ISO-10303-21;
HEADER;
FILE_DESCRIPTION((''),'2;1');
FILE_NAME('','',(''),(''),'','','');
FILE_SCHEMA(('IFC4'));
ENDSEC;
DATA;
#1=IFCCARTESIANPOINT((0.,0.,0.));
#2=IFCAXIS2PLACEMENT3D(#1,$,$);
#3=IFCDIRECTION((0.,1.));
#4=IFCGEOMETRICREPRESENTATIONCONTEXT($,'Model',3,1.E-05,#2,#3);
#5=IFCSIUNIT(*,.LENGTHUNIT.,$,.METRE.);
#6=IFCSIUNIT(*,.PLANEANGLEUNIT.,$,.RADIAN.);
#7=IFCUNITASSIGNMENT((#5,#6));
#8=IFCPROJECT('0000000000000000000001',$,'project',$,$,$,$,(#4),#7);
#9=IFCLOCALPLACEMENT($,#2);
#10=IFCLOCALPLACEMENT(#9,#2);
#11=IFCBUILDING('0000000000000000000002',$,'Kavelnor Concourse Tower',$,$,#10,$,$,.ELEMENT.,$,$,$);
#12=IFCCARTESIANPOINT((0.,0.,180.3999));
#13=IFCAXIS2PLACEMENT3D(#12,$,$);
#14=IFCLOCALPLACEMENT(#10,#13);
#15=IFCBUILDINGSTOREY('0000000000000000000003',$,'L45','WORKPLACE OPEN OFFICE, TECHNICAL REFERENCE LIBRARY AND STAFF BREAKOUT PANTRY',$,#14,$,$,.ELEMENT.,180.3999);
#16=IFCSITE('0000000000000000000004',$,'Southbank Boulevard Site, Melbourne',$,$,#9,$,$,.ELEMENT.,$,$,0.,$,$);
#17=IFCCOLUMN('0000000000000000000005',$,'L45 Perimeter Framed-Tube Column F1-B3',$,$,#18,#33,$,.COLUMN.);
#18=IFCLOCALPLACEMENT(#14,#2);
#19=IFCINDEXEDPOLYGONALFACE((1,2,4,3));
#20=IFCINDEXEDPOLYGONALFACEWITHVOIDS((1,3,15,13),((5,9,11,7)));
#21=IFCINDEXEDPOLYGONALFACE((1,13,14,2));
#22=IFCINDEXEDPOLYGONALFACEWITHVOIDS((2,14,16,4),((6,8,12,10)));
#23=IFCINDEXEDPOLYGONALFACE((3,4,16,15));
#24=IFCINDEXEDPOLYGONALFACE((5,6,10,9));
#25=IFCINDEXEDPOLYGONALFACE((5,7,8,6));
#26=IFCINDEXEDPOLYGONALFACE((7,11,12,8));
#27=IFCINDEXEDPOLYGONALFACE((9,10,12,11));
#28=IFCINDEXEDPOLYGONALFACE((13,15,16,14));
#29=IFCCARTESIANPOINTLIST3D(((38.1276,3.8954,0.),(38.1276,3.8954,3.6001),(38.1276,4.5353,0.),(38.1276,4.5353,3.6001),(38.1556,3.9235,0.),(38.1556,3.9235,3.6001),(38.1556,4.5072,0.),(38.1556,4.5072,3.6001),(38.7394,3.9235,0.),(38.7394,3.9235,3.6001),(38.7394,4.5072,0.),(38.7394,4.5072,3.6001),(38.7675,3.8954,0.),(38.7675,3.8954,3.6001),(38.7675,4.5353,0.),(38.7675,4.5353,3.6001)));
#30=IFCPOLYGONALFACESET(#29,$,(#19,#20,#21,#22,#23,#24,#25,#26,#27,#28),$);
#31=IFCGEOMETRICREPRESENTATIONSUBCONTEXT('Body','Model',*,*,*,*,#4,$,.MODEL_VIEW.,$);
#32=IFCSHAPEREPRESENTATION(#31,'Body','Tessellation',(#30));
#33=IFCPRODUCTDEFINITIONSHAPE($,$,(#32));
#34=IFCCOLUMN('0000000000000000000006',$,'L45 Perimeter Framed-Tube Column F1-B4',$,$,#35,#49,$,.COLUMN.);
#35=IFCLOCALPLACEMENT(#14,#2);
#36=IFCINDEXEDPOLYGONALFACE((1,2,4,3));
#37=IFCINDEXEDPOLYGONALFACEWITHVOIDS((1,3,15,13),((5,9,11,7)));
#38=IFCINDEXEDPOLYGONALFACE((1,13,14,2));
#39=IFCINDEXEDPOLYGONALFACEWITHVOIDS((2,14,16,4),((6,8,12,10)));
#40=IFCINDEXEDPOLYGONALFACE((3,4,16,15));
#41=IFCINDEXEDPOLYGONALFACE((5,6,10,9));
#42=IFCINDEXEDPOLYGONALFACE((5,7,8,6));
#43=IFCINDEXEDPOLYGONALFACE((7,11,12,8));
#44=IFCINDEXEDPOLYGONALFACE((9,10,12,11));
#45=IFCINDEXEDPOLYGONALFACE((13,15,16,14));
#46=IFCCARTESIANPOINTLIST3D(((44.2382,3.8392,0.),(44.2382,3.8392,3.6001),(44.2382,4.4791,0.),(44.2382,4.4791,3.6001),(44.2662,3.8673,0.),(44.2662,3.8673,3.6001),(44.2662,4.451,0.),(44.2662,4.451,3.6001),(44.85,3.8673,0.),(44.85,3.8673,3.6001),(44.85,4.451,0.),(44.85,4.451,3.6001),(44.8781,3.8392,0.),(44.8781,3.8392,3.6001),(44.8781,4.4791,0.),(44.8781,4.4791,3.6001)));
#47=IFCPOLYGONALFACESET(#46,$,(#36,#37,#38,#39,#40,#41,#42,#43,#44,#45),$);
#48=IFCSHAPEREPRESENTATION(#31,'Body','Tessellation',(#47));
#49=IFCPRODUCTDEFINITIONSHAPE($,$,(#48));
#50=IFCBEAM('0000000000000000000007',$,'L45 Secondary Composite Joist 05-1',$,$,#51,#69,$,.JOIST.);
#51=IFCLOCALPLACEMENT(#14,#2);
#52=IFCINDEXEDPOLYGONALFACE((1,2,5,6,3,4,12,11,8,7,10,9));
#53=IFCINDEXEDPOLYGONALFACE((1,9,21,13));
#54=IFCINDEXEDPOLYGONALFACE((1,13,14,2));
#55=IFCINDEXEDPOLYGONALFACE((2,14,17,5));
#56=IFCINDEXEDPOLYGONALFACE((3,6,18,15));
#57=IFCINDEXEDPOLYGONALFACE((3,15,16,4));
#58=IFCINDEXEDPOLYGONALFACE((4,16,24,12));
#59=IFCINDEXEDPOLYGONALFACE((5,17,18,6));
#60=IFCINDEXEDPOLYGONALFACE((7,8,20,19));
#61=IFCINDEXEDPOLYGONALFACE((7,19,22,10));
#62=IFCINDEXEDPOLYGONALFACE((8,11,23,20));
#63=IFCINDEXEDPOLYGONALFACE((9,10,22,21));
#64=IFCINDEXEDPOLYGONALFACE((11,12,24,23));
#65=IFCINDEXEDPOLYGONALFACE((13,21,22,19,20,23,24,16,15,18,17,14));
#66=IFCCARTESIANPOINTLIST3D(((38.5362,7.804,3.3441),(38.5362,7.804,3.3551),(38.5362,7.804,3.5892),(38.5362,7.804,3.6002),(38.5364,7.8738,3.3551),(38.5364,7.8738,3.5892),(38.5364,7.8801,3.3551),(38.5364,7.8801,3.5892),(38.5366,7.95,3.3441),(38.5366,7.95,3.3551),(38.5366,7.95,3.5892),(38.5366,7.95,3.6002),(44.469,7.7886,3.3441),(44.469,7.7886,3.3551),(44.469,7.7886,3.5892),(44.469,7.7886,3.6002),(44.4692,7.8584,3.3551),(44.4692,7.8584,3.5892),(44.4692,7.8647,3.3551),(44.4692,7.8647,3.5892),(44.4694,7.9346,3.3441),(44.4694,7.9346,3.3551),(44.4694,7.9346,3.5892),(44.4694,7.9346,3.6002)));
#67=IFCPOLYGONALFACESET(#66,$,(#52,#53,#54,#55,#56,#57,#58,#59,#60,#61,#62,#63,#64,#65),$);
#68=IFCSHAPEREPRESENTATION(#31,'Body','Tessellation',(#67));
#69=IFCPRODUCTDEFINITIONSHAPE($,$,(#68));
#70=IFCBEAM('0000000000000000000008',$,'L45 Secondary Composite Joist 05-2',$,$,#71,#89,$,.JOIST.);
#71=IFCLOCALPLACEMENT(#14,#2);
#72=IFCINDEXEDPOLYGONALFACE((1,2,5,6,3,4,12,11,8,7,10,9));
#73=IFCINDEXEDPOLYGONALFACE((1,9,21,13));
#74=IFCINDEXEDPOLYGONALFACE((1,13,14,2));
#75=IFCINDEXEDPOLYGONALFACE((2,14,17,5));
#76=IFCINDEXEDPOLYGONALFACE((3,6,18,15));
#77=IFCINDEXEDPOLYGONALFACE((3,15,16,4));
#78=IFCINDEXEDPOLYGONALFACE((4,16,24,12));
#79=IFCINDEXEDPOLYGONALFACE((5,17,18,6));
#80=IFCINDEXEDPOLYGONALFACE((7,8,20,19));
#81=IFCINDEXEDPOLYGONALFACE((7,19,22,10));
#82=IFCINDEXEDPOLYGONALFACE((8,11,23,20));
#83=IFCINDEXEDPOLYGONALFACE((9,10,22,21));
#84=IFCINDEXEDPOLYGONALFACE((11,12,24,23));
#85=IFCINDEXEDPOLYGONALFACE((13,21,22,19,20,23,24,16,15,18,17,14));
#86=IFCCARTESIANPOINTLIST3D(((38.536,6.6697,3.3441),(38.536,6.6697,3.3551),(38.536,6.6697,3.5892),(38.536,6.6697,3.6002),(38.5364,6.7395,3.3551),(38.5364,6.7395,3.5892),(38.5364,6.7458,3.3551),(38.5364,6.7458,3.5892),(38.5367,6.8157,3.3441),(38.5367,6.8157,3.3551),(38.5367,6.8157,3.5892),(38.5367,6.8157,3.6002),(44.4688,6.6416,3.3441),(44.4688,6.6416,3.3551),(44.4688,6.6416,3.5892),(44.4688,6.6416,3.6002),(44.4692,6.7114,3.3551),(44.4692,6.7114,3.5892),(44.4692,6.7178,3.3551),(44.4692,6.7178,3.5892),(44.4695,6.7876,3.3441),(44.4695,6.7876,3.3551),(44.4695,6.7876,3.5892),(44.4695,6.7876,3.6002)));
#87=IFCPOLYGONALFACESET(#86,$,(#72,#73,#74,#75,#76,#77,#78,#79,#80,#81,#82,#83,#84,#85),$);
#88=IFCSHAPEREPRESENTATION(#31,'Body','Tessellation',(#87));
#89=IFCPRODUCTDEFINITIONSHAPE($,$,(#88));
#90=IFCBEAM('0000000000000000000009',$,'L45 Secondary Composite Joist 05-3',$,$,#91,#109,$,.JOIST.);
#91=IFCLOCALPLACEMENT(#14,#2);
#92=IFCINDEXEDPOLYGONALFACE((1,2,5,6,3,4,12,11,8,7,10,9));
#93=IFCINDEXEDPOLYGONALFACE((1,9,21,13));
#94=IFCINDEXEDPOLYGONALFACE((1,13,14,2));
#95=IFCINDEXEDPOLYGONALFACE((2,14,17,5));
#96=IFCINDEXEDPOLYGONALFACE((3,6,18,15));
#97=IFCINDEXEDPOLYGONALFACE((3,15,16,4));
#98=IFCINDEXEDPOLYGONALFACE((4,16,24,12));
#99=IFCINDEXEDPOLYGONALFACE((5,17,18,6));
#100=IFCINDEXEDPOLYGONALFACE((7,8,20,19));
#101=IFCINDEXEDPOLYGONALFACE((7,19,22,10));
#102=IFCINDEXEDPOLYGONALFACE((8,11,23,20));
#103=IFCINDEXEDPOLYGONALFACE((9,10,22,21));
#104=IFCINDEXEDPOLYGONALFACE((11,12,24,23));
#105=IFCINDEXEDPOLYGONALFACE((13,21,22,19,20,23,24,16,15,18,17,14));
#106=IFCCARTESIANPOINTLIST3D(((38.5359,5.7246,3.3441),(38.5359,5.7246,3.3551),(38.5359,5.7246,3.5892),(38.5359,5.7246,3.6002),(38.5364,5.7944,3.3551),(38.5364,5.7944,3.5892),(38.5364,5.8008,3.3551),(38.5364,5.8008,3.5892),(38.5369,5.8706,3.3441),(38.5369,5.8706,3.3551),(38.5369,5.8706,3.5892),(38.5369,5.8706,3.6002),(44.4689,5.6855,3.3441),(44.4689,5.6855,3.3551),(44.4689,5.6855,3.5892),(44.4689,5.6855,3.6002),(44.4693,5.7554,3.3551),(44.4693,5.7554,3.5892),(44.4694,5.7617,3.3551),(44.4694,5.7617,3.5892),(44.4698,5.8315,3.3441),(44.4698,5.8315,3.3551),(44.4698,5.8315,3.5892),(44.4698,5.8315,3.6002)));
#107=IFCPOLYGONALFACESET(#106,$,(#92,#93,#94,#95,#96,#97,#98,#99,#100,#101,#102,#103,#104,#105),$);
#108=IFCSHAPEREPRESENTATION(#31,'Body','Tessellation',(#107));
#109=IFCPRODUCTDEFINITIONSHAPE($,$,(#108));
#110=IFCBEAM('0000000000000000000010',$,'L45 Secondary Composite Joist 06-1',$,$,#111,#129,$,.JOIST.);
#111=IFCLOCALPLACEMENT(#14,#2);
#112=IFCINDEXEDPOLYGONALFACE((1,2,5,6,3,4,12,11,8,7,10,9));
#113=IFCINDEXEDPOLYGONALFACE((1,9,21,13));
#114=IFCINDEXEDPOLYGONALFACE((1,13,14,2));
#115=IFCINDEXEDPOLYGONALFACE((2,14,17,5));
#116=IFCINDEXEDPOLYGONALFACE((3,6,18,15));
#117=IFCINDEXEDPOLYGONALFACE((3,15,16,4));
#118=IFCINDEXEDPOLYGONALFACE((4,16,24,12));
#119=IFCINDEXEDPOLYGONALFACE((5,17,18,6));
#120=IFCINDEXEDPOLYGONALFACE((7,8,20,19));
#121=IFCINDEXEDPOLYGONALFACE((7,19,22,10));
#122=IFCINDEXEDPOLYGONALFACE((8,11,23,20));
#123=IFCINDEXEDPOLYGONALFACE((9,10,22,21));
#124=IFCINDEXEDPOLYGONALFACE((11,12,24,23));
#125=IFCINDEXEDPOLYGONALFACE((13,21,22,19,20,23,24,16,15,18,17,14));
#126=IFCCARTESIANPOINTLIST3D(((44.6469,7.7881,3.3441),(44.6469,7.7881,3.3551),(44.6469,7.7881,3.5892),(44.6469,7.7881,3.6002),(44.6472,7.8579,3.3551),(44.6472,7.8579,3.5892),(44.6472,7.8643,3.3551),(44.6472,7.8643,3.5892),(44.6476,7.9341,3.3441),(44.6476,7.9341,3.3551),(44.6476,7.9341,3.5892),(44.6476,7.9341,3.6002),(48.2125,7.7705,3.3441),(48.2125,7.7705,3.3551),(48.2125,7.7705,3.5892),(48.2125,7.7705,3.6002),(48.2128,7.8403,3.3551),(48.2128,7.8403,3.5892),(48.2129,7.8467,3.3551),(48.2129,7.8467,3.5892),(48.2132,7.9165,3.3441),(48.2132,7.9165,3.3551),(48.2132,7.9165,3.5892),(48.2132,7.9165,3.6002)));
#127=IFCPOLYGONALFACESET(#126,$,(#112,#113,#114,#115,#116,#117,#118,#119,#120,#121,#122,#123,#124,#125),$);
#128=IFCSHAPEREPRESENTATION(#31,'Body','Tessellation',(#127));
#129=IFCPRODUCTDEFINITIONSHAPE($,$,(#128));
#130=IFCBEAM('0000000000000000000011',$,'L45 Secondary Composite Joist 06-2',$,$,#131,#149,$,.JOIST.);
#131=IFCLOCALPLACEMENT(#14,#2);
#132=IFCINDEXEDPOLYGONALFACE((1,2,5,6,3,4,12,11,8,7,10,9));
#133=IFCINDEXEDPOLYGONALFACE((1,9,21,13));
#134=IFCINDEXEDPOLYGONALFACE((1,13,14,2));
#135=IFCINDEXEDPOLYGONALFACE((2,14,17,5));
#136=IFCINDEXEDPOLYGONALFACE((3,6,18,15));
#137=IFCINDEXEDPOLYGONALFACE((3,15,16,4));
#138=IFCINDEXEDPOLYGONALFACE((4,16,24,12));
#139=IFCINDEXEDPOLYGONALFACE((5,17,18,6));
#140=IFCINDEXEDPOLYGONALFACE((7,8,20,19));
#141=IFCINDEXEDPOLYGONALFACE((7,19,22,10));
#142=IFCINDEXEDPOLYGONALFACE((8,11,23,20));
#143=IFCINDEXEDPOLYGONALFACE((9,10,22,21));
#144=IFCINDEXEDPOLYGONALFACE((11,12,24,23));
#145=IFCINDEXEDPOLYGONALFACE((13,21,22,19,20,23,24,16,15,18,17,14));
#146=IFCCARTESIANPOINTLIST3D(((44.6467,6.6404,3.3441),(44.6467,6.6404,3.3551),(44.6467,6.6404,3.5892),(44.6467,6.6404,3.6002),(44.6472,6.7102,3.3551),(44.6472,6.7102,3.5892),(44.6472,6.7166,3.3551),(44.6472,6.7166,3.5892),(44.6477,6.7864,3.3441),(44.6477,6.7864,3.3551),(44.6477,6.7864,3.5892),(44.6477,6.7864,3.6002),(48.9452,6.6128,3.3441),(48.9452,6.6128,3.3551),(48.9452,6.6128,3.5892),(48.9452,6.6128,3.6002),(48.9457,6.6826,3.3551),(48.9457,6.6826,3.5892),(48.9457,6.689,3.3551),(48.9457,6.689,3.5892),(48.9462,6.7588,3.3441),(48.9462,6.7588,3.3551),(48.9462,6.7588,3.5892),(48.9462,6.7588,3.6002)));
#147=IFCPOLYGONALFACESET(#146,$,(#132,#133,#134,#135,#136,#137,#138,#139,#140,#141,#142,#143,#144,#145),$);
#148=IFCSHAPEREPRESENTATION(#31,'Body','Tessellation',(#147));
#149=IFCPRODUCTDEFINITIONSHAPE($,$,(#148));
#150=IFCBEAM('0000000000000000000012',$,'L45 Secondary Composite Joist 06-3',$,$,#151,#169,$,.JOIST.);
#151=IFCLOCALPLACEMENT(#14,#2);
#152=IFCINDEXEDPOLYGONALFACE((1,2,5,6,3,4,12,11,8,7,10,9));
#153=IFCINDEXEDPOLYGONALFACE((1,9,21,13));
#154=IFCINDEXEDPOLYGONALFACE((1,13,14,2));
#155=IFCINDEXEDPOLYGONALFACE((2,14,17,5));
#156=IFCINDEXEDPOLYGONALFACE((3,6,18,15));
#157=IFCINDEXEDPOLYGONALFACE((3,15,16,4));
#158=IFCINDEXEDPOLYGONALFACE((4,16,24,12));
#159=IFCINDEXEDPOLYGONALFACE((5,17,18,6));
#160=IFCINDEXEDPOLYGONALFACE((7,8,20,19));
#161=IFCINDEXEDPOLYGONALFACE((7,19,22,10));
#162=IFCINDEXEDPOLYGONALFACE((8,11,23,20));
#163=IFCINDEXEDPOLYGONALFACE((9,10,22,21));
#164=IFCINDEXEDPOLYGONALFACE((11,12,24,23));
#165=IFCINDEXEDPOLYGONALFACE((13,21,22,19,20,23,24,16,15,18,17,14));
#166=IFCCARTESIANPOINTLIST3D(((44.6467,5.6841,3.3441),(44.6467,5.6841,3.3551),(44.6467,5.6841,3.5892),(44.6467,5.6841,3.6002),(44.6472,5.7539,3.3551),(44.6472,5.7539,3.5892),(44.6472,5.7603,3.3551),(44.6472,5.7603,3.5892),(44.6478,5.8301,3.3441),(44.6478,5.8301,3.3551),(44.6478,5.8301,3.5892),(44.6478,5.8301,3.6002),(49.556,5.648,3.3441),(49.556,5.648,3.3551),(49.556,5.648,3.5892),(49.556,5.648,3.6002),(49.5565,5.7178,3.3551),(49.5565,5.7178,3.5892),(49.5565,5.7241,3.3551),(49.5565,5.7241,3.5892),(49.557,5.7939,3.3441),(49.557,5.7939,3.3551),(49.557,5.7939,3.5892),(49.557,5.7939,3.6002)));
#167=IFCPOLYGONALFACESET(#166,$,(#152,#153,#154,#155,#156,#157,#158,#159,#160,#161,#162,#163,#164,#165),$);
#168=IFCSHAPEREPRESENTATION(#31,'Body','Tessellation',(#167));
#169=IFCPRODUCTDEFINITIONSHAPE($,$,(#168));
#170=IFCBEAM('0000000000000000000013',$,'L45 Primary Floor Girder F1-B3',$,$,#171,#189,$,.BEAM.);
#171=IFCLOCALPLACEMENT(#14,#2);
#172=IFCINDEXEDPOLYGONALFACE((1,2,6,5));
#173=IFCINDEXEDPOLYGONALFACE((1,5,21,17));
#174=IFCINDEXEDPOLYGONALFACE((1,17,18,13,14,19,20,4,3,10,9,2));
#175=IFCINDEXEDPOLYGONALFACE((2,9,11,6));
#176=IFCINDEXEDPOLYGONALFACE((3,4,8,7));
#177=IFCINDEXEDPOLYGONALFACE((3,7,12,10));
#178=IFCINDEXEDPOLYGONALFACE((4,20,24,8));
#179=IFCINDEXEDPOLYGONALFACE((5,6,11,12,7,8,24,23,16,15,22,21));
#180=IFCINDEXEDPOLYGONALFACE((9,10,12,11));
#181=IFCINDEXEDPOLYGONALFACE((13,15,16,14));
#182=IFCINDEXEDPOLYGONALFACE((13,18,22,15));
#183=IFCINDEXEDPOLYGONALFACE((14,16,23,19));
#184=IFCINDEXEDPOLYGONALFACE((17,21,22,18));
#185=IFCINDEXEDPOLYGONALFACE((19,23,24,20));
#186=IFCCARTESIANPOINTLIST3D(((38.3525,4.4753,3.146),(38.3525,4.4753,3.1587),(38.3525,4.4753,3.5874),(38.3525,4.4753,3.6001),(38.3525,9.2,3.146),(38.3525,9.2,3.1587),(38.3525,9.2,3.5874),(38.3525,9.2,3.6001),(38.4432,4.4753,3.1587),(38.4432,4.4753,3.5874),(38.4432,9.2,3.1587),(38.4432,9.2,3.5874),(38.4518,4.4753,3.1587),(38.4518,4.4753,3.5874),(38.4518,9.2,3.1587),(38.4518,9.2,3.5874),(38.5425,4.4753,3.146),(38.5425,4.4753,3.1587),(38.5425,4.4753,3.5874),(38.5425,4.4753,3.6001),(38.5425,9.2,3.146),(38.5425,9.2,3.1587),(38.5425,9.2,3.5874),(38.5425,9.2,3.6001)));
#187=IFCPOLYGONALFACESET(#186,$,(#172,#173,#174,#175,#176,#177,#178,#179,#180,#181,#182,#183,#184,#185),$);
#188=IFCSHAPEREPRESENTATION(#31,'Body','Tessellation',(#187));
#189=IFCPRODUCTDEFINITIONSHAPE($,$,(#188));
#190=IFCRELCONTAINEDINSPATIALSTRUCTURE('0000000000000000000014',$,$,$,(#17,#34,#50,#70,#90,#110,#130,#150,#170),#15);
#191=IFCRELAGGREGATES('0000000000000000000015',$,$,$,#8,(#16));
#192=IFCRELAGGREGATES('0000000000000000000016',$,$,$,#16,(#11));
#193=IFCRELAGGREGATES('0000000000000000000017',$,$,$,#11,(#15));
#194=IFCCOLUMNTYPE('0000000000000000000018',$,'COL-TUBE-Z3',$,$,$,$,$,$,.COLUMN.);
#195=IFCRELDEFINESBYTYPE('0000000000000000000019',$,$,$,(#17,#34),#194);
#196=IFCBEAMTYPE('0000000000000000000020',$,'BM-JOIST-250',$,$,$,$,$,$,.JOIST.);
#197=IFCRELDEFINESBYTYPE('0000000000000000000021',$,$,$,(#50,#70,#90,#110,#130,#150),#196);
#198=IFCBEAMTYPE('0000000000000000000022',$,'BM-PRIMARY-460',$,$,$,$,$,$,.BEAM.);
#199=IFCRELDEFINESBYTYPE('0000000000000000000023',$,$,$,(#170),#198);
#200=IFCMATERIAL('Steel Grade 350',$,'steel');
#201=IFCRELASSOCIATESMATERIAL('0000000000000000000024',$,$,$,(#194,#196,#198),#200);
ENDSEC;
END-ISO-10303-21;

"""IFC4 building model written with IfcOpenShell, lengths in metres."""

from ifc_helpers import new_model, si_unit, direction, frame, origin, origin_2d, place, context, subcontext, project, spatial, hollow_rectangle, i_section, extrude, material, material_profile, profile_set, type_object, element, save


model = new_model("IFC4")

# Units and contexts
model_context = context("Model", 3, precision=1e-05, world=origin(), true_north=direction((0.0, 1.0)))
body_context = subcontext(model_context, "Body", "Model", "MODEL_VIEW")
ifc_project = project(units=[si_unit("LENGTHUNIT", "METRE"), si_unit("PLANEANGLEUNIT", "RADIAN")], contexts=[model_context])

# Site, building, storey
site_placement = place(None, origin())
site = spatial("IfcSite", under=ifc_project, at=site_placement, Name="Southbank Boulevard Site, Melbourne", CompositionType="ELEMENT", RefElevation=0.0)
building_placement = place(site_placement, origin())
building = spatial("IfcBuilding", under=site, at=building_placement, Name="Kavelnor Concourse Tower", CompositionType="ELEMENT")
storey_placement = place(building_placement, frame((0.0, 0.0, 180.3999)))
storey = spatial("IfcBuildingStorey", under=building, at=storey_placement, Name="L45", Description="WORKPLACE OPEN OFFICE, TECHNICAL REFERENCE LIBRARY AND STAFF BREAKOUT PANTRY", CompositionType="ELEMENT", Elevation=180.3999)

# Columns
ifc_material_1 = material(Name="Steel Grade 350", Category="steel")
ifc_material_profile_1 = material_profile(ifc_material_1, hollow_rectangle(XDim=0.6399, YDim=0.6399, WallThickness=0.0281, at=origin_2d()), Name="SHS 640x640x28")
ifc_profile_set_1 = profile_set([ifc_material_profile_1], Name="Steel Grade 350")
column_type = type_object("IfcColumnType", Name="COL-TUBE-Z3", PredefinedType="COLUMN", material=ifc_profile_set_1)
for number, where, z_axis, x_axis, name in (
    (1, (38.4475, 4.2153, 0.0), (0.0, 0.0, 1.0), (1.0, 0.0, 0.0), "L45 Perimeter Framed-Tube Column F1-B3"),
    (2, (44.5581, 4.1592, 0.0), (0.0, 0.0, 1.0), (1.0, 0.0, 0.0), "L45 Perimeter Framed-Tube Column F1-B4"),
):
    element("IfcColumn", number, at=place(storey_placement, frame(where, z_axis=z_axis, x_axis=x_axis)), inside=storey, type_object=column_type, Name=name, PredefinedType="COLUMN", context=body_context, shape_type="SweptSolid", body=[
        extrude(hollow_rectangle(XDim=0.6399, YDim=0.6399, WallThickness=0.0281, at=origin_2d()), origin(), (0.0, 0.0, 1.0), 3.6001),
    ])

# Beams
ifc_material_profile_2 = material_profile(ifc_material_1, i_section(OverallWidth=0.146, OverallDepth=0.2561, WebThickness=0.0063, FlangeThickness=0.011, at=origin_2d()), Name="250UB37")
ifc_profile_set_2 = profile_set([ifc_material_profile_2], Name="Steel Grade 350")
beam_type_1 = type_object("IfcBeamType", Name="BM-JOIST-250", PredefinedType="JOIST", material=ifc_profile_set_2)
for number, where, z_axis, x_axis, name in (
    (3, (38.5364, 7.877, 3.4722), (0.999997, -0.002592, 0.0), (0.002592, 0.999997, 0.0), "L45 Secondary Composite Joist 05-1"),
    (4, (38.5364, 6.7427, 3.4722), (0.999989, -0.004732, 0.0), (0.004732, 0.999989, 0.0), "L45 Secondary Composite Joist 05-2"),
):
    element("IfcBeam", number, at=place(storey_placement, frame(where, z_axis=z_axis, x_axis=x_axis)), inside=storey, type_object=beam_type_1, Name=name, PredefinedType="JOIST", context=body_context, shape_type="SweptSolid", body=[
        extrude(i_section(OverallWidth=0.146, OverallDepth=0.2561, WebThickness=0.0063, FlangeThickness=0.011, at=origin_2d()), origin(), (0.0, 0.0, 1.0), 5.9329),
    ])
beam_1_placement = place(storey_placement, frame((38.5364, 5.7976, 3.4722), z_axis=(0.999978, -0.006584, 0.0), x_axis=(0.006584, 0.999978, 0.0)))
element("IfcBeam", 5, at=beam_1_placement, inside=storey, type_object=beam_type_1, Name="L45 Secondary Composite Joist 05-3", PredefinedType="JOIST", context=body_context, shape_type="SweptSolid", body=[
    extrude(i_section(OverallWidth=0.146, OverallDepth=0.2561, WebThickness=0.0063, FlangeThickness=0.011, at=origin_2d()), origin(), (0.0, 0.0, 1.0), 5.9331),
])
beam_2_placement = place(storey_placement, frame((44.6472, 7.8611, 3.4722), z_axis=(0.999988, -0.00493, 0.0), x_axis=(0.00493, 0.999988, 0.0)))
element("IfcBeam", 6, at=beam_2_placement, inside=storey, type_object=beam_type_1, Name="L45 Secondary Composite Joist 06-1", PredefinedType="JOIST", context=body_context, shape_type="SweptSolid", body=[
    extrude(i_section(OverallWidth=0.146, OverallDepth=0.2561, WebThickness=0.0063, FlangeThickness=0.011, at=origin_2d()), origin(), (0.0, 0.0, 1.0), 3.5657),
])
beam_3_placement = place(storey_placement, frame((44.6472, 6.7134, 3.4722), z_axis=(0.999979, -0.006418, 0.0), x_axis=(0.006418, 0.999979, 0.0)))
element("IfcBeam", 7, at=beam_3_placement, inside=storey, type_object=beam_type_1, Name="L45 Secondary Composite Joist 06-2", PredefinedType="JOIST", context=body_context, shape_type="SweptSolid", body=[
    extrude(i_section(OverallWidth=0.146, OverallDepth=0.2561, WebThickness=0.0063, FlangeThickness=0.011, at=origin_2d()), origin(), (0.0, 0.0, 1.0), 4.2986),
])
beam_4_placement = place(storey_placement, frame((44.6472, 5.7571, 3.4722), z_axis=(0.999973, -0.00736, 0.0), x_axis=(0.00736, 0.999973, 0.0)))
element("IfcBeam", 8, at=beam_4_placement, inside=storey, type_object=beam_type_1, Name="L45 Secondary Composite Joist 06-3", PredefinedType="JOIST", context=body_context, shape_type="SweptSolid", body=[
    extrude(i_section(OverallWidth=0.146, OverallDepth=0.2561, WebThickness=0.0063, FlangeThickness=0.011, at=origin_2d()), origin(), (0.0, 0.0, 1.0), 4.9094),
])
ifc_material_profile_3 = material_profile(ifc_material_1, i_section(OverallWidth=0.1899, OverallDepth=0.4541, WebThickness=0.0085, FlangeThickness=0.0127, at=origin_2d()), Name="460UB67")
ifc_profile_set_3 = profile_set([ifc_material_profile_3], Name="Steel Grade 350")
beam_type_2 = type_object("IfcBeamType", Name="BM-PRIMARY-460", PredefinedType="BEAM", material=ifc_profile_set_3)
beam_5_placement = place(storey_placement, frame((38.4475, 9.2, 3.373), z_axis=(0.0, -1.0, 0.0), x_axis=(1.0, 0.0, 0.0)))
element("IfcBeam", 9, at=beam_5_placement, inside=storey, type_object=beam_type_2, Name="L45 Primary Floor Girder F1-B3", PredefinedType="BEAM", context=body_context, shape_type="SweptSolid", body=[
    extrude(i_section(OverallWidth=0.1899, OverallDepth=0.4541, WebThickness=0.0085, FlangeThickness=0.0127, at=origin_2d()), origin(), (0.0, 0.0, 1.0), 4.7246),
])

save(model, "model.ifc")
